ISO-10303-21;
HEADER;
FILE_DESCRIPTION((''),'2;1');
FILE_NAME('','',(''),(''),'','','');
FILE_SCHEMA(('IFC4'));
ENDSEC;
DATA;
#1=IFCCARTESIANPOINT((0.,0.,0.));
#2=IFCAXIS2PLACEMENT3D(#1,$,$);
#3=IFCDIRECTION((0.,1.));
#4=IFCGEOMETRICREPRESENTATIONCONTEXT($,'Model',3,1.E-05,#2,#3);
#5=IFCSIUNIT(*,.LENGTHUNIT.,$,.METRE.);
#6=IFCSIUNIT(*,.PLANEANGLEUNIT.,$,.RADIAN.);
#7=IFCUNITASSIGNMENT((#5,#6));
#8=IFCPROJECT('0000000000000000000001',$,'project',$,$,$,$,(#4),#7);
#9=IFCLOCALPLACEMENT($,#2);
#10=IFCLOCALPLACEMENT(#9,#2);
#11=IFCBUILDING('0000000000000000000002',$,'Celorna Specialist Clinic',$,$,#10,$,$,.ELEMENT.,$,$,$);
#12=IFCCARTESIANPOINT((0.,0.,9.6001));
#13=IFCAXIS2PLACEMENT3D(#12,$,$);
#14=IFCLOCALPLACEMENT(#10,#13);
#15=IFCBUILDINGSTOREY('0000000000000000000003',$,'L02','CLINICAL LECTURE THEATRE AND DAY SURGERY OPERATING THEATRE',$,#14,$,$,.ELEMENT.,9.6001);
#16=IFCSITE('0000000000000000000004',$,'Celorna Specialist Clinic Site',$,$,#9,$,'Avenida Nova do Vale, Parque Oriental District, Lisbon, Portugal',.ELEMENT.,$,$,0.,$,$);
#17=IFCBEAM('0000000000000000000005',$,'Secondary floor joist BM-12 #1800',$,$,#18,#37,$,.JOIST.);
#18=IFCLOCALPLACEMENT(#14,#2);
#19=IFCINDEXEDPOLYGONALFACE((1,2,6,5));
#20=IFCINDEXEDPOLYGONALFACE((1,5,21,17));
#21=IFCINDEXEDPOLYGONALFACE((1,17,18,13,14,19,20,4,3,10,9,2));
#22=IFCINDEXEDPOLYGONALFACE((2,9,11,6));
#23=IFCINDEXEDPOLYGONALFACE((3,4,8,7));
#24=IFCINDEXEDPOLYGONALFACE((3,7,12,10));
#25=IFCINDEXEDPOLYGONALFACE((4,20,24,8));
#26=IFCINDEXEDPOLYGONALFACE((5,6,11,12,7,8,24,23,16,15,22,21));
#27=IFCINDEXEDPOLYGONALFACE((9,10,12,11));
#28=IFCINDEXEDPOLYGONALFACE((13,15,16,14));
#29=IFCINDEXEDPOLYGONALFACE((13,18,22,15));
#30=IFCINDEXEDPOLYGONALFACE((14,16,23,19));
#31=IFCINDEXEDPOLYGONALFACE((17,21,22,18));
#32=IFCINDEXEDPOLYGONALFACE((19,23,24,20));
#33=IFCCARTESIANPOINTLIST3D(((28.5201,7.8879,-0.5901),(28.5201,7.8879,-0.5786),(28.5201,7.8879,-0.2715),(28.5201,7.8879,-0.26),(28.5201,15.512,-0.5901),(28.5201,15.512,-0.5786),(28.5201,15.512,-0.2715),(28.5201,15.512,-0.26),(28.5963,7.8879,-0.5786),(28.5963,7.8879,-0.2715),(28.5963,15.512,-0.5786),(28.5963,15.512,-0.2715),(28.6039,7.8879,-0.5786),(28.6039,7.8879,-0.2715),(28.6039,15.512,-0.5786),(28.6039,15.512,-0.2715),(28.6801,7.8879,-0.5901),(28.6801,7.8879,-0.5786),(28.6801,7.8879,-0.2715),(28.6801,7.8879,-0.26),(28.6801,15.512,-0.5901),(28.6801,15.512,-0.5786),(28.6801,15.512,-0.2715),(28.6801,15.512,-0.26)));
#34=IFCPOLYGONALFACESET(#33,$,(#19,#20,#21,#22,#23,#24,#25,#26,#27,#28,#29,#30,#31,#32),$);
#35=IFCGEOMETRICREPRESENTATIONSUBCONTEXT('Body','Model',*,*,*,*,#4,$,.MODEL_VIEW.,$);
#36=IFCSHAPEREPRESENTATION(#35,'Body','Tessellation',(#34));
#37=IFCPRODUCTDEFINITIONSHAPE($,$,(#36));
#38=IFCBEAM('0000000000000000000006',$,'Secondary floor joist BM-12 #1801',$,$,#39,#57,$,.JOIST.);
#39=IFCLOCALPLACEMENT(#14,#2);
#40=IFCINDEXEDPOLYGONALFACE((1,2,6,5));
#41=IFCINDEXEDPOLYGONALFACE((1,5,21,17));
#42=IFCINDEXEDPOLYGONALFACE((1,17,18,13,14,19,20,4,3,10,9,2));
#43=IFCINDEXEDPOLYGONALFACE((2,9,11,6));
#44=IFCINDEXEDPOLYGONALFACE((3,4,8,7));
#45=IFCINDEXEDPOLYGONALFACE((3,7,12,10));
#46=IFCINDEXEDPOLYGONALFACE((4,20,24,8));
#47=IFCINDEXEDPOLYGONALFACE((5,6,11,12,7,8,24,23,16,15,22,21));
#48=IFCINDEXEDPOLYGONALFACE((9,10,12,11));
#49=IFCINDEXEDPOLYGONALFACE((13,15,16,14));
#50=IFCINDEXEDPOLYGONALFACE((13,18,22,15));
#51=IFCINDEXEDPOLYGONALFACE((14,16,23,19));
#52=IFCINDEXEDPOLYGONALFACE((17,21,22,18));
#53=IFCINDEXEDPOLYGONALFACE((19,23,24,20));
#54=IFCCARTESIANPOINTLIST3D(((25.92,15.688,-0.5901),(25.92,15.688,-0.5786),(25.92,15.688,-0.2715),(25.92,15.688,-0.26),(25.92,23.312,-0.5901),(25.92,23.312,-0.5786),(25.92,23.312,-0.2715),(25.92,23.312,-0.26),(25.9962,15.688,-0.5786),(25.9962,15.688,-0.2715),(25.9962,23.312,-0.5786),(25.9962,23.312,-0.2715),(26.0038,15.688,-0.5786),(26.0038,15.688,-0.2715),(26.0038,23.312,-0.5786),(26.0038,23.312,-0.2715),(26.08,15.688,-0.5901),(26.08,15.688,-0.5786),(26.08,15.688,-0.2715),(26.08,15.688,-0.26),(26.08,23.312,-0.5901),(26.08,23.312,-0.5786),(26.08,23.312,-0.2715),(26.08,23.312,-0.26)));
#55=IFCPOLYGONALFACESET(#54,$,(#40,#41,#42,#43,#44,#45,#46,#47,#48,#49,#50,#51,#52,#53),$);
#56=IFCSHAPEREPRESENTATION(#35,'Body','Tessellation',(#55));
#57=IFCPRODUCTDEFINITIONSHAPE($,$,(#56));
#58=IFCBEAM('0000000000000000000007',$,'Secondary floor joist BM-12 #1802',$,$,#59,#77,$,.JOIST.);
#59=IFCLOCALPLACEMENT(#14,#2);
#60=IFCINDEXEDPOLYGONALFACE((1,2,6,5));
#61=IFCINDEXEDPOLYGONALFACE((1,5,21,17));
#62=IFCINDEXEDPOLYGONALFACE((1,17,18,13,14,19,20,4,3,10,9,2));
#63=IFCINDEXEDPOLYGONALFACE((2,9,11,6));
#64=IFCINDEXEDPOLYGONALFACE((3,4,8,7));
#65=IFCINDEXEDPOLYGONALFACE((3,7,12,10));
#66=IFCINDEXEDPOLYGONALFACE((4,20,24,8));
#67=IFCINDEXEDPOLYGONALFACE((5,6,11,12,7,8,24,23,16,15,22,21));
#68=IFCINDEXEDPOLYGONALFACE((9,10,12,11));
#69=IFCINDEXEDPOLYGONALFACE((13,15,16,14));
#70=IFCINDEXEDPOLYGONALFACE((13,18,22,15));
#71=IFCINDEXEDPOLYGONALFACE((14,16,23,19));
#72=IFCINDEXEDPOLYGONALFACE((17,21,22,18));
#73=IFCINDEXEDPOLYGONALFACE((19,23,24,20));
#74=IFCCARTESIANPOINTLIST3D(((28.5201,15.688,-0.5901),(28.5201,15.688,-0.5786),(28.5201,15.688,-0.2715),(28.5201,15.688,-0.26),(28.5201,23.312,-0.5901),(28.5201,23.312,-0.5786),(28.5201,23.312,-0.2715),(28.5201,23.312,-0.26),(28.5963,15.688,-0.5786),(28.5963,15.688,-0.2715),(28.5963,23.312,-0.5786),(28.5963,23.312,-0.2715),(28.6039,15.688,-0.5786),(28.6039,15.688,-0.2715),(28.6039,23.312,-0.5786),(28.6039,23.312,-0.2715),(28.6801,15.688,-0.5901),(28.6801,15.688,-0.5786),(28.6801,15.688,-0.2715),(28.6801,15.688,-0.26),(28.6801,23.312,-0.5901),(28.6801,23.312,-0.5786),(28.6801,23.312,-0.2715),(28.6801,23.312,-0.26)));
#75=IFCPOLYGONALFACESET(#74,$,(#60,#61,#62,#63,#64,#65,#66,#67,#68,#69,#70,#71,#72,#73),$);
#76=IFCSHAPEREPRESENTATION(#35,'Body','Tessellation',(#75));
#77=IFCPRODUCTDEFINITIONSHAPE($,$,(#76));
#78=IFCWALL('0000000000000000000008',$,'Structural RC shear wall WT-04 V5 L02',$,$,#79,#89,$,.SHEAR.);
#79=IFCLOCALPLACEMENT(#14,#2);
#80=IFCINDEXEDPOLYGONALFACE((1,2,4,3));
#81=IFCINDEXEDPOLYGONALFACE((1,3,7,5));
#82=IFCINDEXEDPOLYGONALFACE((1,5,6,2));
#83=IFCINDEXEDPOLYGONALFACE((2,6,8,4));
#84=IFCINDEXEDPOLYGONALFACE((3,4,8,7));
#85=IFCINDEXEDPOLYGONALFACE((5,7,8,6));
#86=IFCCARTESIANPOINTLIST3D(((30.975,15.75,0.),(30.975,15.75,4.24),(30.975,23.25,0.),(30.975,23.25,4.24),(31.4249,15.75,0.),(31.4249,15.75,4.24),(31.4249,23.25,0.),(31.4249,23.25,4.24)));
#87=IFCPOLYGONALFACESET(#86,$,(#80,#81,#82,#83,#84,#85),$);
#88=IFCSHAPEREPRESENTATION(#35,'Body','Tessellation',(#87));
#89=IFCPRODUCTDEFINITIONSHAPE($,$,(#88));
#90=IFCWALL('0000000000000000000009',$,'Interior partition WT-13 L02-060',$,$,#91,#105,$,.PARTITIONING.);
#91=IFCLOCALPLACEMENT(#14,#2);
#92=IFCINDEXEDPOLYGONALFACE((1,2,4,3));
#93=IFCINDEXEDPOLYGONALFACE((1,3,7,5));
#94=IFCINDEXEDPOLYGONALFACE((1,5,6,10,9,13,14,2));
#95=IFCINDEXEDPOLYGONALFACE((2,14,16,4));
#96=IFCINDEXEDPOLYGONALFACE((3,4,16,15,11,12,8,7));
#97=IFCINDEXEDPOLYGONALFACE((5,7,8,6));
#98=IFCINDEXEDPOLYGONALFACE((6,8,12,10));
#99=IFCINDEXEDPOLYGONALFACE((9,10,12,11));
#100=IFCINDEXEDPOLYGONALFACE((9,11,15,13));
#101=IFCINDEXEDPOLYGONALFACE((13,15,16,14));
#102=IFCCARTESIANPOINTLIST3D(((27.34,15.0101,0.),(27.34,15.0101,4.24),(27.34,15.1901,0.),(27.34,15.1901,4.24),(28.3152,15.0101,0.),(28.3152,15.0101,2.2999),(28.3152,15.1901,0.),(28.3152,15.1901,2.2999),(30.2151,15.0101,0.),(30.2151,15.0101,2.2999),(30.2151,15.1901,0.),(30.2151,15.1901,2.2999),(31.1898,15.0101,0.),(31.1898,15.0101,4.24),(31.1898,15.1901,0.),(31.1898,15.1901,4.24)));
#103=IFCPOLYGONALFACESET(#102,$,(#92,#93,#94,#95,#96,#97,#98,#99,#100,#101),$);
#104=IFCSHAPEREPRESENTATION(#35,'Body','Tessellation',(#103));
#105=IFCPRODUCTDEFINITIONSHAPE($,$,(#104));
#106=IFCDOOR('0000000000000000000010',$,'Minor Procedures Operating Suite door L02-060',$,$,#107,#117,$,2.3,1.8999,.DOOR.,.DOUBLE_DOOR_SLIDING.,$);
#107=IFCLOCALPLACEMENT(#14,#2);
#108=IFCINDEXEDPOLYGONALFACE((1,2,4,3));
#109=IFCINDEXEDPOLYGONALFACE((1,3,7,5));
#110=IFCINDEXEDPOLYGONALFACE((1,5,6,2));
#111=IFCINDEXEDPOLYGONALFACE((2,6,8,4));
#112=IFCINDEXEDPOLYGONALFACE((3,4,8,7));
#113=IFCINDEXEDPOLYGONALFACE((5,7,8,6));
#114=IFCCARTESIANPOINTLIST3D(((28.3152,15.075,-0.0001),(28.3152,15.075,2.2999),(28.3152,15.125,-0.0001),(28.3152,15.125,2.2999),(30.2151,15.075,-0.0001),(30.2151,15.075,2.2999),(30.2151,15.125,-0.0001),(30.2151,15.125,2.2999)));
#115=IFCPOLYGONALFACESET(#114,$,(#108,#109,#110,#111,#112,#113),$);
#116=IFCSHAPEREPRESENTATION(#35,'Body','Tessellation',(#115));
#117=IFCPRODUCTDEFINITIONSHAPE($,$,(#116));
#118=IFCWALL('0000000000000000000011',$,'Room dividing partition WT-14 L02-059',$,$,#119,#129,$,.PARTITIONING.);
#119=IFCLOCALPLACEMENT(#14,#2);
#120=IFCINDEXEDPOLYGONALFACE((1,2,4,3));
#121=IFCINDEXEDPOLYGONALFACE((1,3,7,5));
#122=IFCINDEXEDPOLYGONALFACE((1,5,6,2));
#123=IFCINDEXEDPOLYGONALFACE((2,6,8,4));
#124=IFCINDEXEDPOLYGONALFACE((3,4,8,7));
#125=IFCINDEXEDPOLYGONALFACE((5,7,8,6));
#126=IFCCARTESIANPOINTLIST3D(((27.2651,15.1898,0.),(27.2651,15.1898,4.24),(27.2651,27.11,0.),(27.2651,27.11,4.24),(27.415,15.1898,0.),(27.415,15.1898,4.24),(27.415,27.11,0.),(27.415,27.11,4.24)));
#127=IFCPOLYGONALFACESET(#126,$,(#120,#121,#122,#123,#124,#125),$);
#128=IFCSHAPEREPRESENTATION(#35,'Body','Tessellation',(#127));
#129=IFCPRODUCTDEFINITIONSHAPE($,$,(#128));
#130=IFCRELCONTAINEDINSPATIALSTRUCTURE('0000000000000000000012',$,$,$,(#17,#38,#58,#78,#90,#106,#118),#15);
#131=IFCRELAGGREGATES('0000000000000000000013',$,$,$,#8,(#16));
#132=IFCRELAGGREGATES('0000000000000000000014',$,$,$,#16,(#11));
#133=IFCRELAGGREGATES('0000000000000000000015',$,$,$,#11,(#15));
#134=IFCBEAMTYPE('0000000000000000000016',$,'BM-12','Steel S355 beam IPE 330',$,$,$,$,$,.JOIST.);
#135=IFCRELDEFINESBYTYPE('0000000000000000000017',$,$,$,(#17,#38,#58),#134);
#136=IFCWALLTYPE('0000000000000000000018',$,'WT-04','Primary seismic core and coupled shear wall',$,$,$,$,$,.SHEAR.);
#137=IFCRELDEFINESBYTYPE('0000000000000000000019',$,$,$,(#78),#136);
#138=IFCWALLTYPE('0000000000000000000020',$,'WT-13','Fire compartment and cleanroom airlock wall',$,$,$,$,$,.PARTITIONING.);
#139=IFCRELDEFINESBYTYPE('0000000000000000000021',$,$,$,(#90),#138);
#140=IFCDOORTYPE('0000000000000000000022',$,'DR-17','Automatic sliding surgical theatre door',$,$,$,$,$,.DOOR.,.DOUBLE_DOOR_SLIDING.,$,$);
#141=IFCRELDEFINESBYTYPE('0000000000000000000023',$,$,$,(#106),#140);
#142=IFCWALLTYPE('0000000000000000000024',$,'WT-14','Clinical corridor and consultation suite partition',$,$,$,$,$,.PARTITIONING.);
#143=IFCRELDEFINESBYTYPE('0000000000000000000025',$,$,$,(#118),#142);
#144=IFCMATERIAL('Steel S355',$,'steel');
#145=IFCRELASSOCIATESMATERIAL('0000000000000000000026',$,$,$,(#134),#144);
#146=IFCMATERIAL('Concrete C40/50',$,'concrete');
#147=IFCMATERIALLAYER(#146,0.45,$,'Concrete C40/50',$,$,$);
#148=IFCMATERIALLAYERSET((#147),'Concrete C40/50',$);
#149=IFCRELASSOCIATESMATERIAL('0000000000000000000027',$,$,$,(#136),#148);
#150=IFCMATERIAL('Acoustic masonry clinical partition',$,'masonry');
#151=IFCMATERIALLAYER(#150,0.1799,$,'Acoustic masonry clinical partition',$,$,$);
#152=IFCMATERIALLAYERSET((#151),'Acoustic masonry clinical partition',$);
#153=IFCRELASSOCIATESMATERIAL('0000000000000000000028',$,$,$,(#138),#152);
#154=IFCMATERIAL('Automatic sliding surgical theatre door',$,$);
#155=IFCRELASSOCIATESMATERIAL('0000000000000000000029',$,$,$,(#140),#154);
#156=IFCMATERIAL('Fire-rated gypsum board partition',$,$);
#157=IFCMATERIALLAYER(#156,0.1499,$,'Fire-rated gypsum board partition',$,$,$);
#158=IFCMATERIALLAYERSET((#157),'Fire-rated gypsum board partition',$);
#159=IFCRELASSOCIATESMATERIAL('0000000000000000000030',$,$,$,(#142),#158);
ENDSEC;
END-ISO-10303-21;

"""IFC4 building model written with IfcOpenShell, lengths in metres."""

from ifc_helpers import new_model, si_unit, direction, frame, frame_2d, origin, origin_2d, place, context, subcontext, project, spatial, rectangle, i_section, extrude, material, layer, layer_set, material_profile, profile_set, type_object, element, fill, save


model = new_model("IFC4")

# Units and contexts
model_context = context("Model", 3, precision=1e-05, world=origin(), true_north=direction((0.0, 1.0)))
body_context = subcontext(model_context, "Body", "Model", "MODEL_VIEW")
ifc_project = project(units=[si_unit("LENGTHUNIT", "METRE"), si_unit("PLANEANGLEUNIT", "RADIAN")], contexts=[model_context])

# Site, building, storey
site_placement = place(None, origin())
site = spatial("IfcSite", under=ifc_project, at=site_placement, Name="Celorna Specialist Clinic Site", LongName="Avenida Nova do Vale, Parque Oriental District, Lisbon, Portugal", CompositionType="ELEMENT", RefElevation=0.0)
building_placement = place(site_placement, origin())
building = spatial("IfcBuilding", under=site, at=building_placement, Name="Celorna Specialist Clinic", CompositionType="ELEMENT")
storey_placement = place(building_placement, frame((0.0, 0.0, 9.6001)))
storey = spatial("IfcBuildingStorey", under=building, at=storey_placement, Name="L02", Description="CLINICAL LECTURE THEATRE AND DAY SURGERY OPERATING THEATRE", CompositionType="ELEMENT", Elevation=9.6001)

# Beams
ifc_material_1 = material(Name="Steel S355", Category="steel")
ifc_material_profile_1 = material_profile(ifc_material_1, i_section(OverallWidth=0.1599, OverallDepth=0.3301, WebThickness=0.0076, FlangeThickness=0.0115, at=origin_2d()), Name="IPE 330")
ifc_profile_set_1 = profile_set([ifc_material_profile_1], Name="Steel S355")
beam_type_1 = type_object("IfcBeamType", Name="BM-12", Description="Steel S355 beam IPE 330", PredefinedType="JOIST", material=ifc_profile_set_1)
for number, where, z_axis, x_axis, name in (
    (1, (28.6001, 7.8879, -0.425), (0.0, 1.0, 0.0), (-1.0, 0.0, 0.0), "Secondary floor joist BM-12 #1800"),
    (2, (26.0, 15.688, -0.425), (0.0, 1.0, 0.0), (-1.0, 0.0, 0.0), "Secondary floor joist BM-12 #1801"),
    (3, (28.6001, 15.688, -0.425), (0.0, 1.0, 0.0), (-1.0, 0.0, 0.0), "Secondary floor joist BM-12 #1802"),
):
    element("IfcBeam", number, at=place(storey_placement, frame(where, z_axis=z_axis, x_axis=x_axis)), inside=storey, type_object=beam_type_1, Name=name, PredefinedType="JOIST", context=body_context, shape_type="SweptSolid", body=[
        extrude(i_section(OverallWidth=0.1599, OverallDepth=0.3301, WebThickness=0.0076, FlangeThickness=0.0115, at=origin_2d()), origin(), (0.0, 0.0, 1.0), 7.624),
    ])

# Wall
ifc_material_2 = material(Name="Concrete C40/50", Category="concrete")
ifc_layer_1 = layer(ifc_material_2, 0.45, Name="Concrete C40/50")
ifc_layer_set_1 = layer_set([ifc_layer_1], Name="Concrete C40/50")
wall_type_1 = type_object("IfcWallType", Name="WT-04", Description="Primary seismic core and coupled shear wall", PredefinedType="SHEAR", material=ifc_layer_set_1)
wall_1_placement = place(storey_placement, frame((31.2, 15.75, 0.0), z_axis=(0.0, 0.0, 1.0), x_axis=(0.0, 1.0, 0.0)))
element("IfcWall", 4, at=wall_1_placement, inside=storey, type_object=wall_type_1, Name="Structural RC shear wall WT-04 V5 L02", PredefinedType="SHEAR", context=body_context, shape_type="SweptSolid", body=[
    extrude(rectangle(XDim=7.5, YDim=0.45, at=frame_2d((3.75, 0.0))), origin(), (0.0, 0.0, 1.0), 4.24),
])

# Wall, opening, door
ifc_material_3 = material(Name="Acoustic masonry clinical partition", Category="masonry")
ifc_layer_2 = layer(ifc_material_3, 0.1799, Name="Acoustic masonry clinical partition")
ifc_layer_set_2 = layer_set([ifc_layer_2], Name="Acoustic masonry clinical partition")
wall_type_2 = type_object("IfcWallType", Name="WT-13", Description="Fire compartment and cleanroom airlock wall", PredefinedType="PARTITIONING", material=ifc_layer_set_2)
wall_2_placement = place(storey_placement, frame((27.3401, 15.1001, 0.0), z_axis=(0.0, 0.0, 1.0), x_axis=(1.0, 0.0, 0.0)))
wall_2 = element("IfcWall", 5, at=wall_2_placement, inside=storey, type_object=wall_type_2, Name="Interior partition WT-13 L02-060", PredefinedType="PARTITIONING", context=body_context, shape_type="SweptSolid", body=[
    extrude(rectangle(XDim=3.8499, YDim=0.1799, at=frame_2d((1.9248, 0.0))), origin(), (0.0, 0.0, 1.0), 4.24),
])
opening_1_placement = place(wall_2_placement, frame((0.9751, 0.0, 0.0)))
opening_1 = element("IfcOpeningElement", 6, at=opening_1_placement, cuts=wall_2, PredefinedType="OPENING", context=body_context, shape_type="SweptSolid", body=[
    extrude(rectangle(XDim=1.8999, YDim=2.3, at=frame_2d((0.95, 1.1499))), frame((0.0, 0.0999, 0.0), z_axis=(0.0, -1.0, 0.0), x_axis=(1.0, 0.0, 0.0)), (0.0, 0.0, 1.0), 0.2),
])
ifc_material_4 = material(Name="Automatic sliding surgical theatre door")
door_type_1 = type_object("IfcDoorType", Name="DR-17", Description="Automatic sliding surgical theatre door", OperationType="DOUBLE_DOOR_SLIDING", PredefinedType="DOOR", material=ifc_material_4)
door_1_placement = place(opening_1_placement, origin())
door_1 = element("IfcDoor", 7, at=door_1_placement, inside=storey, type_object=door_type_1, Name="Minor Procedures Operating Suite door L02-060", OperationType="DOUBLE_DOOR_SLIDING", OverallHeight=2.3, OverallWidth=1.8999, PredefinedType="DOOR", context=body_context, shape_type="SweptSolid", body=[
    extrude(rectangle(XDim=1.8999, YDim=2.3, at=frame_2d((0.95, 1.1499))), frame((0.0, 0.0249, 0.0), z_axis=(0.0, -1.0, 0.0), x_axis=(1.0, 0.0, 0.0)), (0.0, 0.0, 1.0), 0.05),
])
fill(opening_1, door_1)
ifc_material_5 = material(Name="Fire-rated gypsum board partition")
ifc_layer_3 = layer(ifc_material_5, 0.1499, Name="Fire-rated gypsum board partition")
ifc_layer_set_3 = layer_set([ifc_layer_3], Name="Fire-rated gypsum board partition")
wall_type_3 = type_object("IfcWallType", Name="WT-14", Description="Clinical corridor and consultation suite partition", PredefinedType="PARTITIONING", material=ifc_layer_set_3)

# Wall
wall_3_placement = place(storey_placement, frame((27.3401, 15.1899, 0.0), z_axis=(0.0, 0.0, 1.0), x_axis=(0.0, 1.0, 0.0)))
element("IfcWall", 8, at=wall_3_placement, inside=storey, type_object=wall_type_3, Name="Room dividing partition WT-14 L02-059", PredefinedType="PARTITIONING", context=body_context, shape_type="SweptSolid", body=[
    extrude(rectangle(XDim=11.9202, YDim=0.1499, at=frame_2d((5.96, 0.0))), origin(), (0.0, 0.0, 1.0), 4.24),
])

save(model, "model.ifc")
